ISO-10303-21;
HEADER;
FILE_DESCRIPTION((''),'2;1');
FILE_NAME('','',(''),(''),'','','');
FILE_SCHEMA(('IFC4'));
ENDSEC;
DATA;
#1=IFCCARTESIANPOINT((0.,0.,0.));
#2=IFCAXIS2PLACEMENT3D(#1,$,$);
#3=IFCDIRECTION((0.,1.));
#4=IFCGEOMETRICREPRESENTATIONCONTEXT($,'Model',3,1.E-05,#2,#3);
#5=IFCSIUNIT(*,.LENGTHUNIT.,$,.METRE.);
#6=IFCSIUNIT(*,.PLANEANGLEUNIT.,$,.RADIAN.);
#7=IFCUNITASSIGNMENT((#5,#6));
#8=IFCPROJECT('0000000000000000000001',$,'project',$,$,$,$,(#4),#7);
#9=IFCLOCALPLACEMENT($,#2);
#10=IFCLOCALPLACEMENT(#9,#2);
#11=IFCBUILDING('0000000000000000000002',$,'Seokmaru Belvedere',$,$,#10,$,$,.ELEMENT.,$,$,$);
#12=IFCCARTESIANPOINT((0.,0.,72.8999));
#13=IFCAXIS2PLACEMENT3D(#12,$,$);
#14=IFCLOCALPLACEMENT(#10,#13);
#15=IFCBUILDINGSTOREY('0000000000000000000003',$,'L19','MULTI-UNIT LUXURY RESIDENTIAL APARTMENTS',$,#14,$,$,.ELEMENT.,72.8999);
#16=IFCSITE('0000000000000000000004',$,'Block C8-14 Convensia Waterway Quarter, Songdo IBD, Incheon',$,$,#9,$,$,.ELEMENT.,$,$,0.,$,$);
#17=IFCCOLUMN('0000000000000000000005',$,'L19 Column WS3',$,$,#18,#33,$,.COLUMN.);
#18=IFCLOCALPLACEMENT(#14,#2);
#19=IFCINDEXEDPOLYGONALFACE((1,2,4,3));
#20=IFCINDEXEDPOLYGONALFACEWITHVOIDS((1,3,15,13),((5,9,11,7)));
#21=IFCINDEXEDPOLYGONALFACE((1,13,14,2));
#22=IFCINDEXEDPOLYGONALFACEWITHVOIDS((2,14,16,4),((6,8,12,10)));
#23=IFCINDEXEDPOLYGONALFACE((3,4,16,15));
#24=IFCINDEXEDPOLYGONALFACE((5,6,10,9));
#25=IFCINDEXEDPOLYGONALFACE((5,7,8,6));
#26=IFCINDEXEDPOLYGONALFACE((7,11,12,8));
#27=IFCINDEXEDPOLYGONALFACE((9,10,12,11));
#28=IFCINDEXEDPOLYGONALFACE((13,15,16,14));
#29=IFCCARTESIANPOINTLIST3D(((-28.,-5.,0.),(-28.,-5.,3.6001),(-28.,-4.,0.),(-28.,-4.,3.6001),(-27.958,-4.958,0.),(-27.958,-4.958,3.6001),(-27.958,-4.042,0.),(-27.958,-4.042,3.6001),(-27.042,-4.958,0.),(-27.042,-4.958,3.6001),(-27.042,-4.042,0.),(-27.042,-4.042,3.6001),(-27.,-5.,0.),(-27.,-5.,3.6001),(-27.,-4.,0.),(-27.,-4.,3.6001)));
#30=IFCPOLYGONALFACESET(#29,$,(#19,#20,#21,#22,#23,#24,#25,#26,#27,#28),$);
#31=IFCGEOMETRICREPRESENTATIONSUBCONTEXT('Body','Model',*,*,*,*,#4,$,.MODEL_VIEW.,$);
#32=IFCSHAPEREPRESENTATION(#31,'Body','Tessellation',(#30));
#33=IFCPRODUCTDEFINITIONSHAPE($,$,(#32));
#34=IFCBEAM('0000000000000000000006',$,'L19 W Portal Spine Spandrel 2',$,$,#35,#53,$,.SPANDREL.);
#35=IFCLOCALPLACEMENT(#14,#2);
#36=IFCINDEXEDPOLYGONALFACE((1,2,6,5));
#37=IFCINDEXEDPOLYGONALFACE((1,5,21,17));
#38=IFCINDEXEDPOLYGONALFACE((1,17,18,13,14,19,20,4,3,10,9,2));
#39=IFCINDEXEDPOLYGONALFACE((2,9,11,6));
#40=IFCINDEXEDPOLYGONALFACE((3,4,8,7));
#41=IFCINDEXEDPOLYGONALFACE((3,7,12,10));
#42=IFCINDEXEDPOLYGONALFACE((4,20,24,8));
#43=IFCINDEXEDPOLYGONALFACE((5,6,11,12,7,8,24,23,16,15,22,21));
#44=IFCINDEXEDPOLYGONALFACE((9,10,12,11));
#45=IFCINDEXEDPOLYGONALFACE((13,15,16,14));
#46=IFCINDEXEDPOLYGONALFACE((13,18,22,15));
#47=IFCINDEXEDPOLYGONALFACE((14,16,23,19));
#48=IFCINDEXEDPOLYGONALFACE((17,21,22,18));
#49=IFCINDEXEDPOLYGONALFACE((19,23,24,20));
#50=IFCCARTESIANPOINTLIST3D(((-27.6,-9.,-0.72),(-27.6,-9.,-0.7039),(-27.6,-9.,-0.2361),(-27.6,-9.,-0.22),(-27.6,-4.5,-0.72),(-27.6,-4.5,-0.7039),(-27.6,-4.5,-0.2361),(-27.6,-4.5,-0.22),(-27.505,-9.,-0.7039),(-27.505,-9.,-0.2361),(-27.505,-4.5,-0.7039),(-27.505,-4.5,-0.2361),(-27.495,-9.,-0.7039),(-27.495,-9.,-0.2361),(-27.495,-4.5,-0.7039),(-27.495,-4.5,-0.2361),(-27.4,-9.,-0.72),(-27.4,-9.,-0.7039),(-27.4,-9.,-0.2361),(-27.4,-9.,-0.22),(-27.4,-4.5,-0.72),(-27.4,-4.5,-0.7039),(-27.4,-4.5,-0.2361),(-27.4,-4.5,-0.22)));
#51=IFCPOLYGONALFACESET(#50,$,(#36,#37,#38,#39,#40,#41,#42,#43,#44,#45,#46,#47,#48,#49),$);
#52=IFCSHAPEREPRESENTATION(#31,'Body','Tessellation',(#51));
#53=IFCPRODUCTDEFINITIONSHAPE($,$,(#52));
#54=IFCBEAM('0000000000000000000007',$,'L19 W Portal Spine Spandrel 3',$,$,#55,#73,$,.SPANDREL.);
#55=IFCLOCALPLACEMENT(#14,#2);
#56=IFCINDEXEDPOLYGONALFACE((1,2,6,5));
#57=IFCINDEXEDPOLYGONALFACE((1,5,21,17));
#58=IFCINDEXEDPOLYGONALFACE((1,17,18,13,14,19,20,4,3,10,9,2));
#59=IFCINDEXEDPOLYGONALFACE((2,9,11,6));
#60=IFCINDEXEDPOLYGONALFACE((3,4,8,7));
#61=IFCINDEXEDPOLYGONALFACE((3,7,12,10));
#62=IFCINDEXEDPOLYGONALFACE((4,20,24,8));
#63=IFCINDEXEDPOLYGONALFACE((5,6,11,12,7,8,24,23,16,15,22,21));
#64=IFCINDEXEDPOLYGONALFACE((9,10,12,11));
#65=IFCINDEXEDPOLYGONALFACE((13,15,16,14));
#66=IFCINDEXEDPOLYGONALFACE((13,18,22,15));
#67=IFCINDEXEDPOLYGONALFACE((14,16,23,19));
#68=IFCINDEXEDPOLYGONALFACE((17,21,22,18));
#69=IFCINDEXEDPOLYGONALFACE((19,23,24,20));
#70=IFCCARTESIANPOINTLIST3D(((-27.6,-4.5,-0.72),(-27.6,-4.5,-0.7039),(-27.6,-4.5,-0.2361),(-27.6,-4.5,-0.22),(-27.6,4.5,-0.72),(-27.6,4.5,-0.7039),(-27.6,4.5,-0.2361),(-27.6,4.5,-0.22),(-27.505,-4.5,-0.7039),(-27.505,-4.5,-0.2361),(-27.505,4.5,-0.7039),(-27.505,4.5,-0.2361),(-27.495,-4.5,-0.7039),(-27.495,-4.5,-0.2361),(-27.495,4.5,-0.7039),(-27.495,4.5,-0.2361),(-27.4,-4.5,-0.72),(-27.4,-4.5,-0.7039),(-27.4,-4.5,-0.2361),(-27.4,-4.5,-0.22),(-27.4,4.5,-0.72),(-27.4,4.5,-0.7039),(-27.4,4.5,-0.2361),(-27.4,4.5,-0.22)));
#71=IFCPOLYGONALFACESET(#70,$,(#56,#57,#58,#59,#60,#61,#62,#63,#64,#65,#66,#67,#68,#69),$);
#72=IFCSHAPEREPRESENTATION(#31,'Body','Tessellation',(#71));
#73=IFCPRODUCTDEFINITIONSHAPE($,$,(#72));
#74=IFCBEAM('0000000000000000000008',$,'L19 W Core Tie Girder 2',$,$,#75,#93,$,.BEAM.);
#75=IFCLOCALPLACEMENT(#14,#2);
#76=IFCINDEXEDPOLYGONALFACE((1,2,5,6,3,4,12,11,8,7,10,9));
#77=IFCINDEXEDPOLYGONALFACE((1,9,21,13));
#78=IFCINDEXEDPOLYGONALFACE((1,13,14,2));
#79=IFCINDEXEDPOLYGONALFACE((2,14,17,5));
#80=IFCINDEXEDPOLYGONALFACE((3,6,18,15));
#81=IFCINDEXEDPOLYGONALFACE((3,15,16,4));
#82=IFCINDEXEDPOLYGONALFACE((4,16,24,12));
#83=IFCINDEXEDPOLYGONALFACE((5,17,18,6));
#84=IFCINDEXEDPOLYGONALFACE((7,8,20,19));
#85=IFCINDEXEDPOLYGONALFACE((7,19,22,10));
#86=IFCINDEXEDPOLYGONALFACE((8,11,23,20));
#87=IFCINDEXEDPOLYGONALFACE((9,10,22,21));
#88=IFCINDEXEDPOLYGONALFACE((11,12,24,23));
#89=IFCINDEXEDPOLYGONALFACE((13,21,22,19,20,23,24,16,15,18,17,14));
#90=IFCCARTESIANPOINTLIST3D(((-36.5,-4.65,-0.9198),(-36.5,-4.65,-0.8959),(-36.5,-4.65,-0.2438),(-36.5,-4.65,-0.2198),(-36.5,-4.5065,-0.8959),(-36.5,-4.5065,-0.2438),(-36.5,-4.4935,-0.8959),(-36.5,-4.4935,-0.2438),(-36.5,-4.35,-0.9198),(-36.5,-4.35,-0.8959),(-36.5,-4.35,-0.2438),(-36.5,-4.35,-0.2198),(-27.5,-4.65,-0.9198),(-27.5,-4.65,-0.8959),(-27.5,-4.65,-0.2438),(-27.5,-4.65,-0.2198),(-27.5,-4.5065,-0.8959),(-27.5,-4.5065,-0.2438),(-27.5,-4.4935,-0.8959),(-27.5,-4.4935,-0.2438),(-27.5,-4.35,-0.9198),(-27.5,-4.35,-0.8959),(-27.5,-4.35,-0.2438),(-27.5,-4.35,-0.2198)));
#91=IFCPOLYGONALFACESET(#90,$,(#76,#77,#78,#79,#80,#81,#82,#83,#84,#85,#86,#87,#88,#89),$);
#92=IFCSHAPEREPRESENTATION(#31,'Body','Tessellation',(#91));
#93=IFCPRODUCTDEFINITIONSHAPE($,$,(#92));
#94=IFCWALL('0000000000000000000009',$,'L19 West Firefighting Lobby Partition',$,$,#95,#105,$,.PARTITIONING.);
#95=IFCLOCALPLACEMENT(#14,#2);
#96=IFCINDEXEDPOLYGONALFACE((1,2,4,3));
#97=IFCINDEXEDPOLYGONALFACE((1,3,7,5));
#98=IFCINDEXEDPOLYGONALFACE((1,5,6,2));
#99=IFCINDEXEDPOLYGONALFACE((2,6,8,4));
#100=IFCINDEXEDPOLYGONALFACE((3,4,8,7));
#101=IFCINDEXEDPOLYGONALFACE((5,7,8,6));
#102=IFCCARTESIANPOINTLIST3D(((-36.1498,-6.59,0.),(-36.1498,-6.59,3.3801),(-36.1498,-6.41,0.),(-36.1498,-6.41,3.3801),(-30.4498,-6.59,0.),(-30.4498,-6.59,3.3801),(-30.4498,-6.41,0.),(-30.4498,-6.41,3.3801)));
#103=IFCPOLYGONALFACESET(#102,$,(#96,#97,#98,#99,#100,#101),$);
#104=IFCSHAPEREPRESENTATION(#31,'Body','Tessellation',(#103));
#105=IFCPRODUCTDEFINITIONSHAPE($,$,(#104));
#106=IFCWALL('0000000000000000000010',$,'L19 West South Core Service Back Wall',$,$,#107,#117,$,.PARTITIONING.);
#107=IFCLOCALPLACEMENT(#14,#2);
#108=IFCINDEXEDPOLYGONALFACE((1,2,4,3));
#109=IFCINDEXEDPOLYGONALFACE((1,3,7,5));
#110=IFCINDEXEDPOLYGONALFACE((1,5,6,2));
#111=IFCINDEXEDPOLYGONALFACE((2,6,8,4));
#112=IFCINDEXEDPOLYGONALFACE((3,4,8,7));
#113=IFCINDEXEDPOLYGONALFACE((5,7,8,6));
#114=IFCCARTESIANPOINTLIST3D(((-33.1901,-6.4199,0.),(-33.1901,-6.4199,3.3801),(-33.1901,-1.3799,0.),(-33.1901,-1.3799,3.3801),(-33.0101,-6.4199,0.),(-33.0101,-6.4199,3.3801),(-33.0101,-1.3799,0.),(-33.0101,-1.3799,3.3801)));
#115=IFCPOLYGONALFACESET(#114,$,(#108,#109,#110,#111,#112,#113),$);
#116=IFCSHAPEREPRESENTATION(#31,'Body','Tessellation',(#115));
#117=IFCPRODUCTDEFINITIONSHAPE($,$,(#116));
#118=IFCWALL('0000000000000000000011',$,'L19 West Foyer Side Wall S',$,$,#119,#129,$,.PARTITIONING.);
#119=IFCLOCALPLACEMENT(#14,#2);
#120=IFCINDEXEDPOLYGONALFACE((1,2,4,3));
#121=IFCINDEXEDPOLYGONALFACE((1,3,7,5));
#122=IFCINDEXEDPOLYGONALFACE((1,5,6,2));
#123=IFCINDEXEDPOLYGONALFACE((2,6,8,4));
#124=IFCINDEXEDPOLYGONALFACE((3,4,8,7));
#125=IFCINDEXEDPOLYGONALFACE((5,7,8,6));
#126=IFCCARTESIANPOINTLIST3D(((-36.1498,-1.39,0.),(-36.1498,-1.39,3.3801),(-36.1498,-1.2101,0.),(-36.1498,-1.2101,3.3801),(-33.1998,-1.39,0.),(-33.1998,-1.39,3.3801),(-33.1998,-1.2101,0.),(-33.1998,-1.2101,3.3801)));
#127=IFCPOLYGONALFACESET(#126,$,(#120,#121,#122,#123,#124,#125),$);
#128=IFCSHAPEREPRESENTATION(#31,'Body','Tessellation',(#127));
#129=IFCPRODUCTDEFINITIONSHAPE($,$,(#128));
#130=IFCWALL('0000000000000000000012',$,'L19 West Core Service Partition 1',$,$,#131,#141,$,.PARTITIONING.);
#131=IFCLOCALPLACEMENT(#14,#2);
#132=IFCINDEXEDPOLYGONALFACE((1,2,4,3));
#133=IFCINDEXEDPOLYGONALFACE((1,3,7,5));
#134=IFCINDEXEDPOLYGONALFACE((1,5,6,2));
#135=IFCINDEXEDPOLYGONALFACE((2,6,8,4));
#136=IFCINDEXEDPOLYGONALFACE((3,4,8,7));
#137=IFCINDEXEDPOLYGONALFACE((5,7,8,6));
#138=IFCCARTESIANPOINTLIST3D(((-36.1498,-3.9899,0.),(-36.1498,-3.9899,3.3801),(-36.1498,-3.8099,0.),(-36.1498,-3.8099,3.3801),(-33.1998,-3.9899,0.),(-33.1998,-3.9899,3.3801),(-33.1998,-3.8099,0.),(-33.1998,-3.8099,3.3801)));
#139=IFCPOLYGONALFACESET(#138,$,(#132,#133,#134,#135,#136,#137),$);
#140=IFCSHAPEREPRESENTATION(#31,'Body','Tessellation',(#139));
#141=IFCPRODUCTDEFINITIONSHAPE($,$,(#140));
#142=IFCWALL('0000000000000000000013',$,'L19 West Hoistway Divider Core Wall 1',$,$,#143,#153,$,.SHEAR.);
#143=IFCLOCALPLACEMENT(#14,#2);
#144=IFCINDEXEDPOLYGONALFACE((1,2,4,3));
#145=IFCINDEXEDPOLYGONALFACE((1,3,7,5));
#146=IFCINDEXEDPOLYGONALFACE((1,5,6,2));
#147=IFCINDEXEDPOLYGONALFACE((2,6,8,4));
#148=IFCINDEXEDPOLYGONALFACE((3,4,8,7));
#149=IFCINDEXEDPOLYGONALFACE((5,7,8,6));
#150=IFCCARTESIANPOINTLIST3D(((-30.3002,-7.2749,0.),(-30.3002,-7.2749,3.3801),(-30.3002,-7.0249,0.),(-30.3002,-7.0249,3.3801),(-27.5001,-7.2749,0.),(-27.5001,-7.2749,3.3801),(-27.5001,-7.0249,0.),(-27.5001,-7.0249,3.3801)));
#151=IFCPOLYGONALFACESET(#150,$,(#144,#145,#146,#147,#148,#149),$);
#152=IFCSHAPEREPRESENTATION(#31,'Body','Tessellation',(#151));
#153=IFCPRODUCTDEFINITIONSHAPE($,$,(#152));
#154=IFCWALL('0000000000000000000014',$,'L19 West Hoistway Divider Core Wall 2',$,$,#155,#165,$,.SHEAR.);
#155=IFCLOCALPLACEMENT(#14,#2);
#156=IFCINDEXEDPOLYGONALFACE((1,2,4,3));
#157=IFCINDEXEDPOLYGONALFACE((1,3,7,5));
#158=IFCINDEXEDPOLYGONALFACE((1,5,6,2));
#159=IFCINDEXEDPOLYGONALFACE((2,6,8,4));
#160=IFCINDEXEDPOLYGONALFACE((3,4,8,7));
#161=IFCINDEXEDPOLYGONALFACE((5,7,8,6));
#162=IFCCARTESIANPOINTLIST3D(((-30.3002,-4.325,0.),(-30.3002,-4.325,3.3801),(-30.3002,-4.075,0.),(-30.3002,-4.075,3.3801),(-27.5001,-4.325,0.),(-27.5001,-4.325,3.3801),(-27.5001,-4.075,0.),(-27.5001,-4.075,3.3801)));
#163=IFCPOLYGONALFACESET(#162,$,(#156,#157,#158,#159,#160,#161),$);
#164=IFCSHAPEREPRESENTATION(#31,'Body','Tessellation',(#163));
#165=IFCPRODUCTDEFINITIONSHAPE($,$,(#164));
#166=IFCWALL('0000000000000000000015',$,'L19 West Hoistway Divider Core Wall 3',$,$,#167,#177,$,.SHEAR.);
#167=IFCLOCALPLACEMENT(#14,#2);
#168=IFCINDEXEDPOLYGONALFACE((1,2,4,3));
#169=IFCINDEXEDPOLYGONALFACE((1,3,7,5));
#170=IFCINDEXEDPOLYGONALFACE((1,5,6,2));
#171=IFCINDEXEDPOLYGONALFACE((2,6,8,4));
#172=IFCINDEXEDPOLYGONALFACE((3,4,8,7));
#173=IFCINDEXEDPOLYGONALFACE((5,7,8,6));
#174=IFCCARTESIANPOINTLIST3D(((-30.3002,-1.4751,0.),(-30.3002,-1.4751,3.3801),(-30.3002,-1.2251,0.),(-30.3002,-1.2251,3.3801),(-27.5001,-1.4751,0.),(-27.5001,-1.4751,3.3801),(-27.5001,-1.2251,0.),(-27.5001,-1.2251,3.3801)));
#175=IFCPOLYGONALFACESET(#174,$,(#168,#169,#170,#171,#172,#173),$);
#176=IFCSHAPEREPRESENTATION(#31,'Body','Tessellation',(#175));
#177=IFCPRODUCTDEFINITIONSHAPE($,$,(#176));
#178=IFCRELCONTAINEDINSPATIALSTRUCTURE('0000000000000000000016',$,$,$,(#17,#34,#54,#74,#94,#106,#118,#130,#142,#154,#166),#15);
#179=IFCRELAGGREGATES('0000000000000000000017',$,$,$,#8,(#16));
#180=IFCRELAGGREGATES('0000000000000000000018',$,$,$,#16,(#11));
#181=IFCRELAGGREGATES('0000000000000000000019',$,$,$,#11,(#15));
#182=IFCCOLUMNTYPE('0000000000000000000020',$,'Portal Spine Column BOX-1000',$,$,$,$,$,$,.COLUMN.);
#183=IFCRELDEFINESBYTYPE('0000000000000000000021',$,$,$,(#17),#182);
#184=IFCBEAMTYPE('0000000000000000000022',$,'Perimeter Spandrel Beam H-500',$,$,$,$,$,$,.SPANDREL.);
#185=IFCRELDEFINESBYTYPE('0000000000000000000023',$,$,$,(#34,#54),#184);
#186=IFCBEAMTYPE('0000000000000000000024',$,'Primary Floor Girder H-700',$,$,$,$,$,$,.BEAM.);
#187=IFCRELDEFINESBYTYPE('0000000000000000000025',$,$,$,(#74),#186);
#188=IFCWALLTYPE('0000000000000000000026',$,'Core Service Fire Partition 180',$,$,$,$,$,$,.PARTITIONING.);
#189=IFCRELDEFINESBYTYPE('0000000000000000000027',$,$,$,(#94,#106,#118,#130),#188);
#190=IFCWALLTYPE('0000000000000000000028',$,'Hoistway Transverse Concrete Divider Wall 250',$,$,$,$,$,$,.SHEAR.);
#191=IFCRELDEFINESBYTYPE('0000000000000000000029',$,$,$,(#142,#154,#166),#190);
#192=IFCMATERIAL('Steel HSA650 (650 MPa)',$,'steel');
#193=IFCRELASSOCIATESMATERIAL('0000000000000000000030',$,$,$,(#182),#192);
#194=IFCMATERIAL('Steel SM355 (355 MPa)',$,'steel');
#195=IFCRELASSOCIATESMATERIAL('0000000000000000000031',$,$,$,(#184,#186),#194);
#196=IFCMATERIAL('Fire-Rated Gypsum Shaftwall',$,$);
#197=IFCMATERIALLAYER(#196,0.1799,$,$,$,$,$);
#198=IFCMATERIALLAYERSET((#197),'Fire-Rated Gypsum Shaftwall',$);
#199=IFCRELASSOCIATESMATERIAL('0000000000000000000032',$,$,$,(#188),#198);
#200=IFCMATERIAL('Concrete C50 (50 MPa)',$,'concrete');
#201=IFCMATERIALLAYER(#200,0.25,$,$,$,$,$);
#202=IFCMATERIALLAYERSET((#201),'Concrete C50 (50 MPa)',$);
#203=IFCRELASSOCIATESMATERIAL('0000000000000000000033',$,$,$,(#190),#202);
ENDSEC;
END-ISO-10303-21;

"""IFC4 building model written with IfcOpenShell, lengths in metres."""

from ifc_helpers import new_model, si_unit, direction, frame, frame_2d, origin, origin_2d, place, context, subcontext, project, spatial, rectangle, hollow_rectangle, i_section, extrude, source, transform, mapped, material, layer, layer_set, material_profile, profile_set, type_object, type_shapes, element, save


model = new_model("IFC4")

# Units and contexts
model_context = context("Model", 3, precision=1e-05, world=origin(), true_north=direction((0.0, 1.0)))
body_context = subcontext(model_context, "Body", "Model", "MODEL_VIEW")
ifc_project = project(units=[si_unit("LENGTHUNIT", "METRE"), si_unit("PLANEANGLEUNIT", "RADIAN")], contexts=[model_context])

# Site, building, storey
site_placement = place(None, origin())
site = spatial("IfcSite", under=ifc_project, at=site_placement, Name="Block C8-14 Convensia Waterway Quarter, Songdo IBD, Incheon", CompositionType="ELEMENT", RefElevation=0.0)
building_placement = place(site_placement, origin())
building = spatial("IfcBuilding", under=site, at=building_placement, Name="Seokmaru Belvedere", CompositionType="ELEMENT")
storey_placement = place(building_placement, frame((0.0, 0.0, 72.8999)))
storey = spatial("IfcBuildingStorey", under=building, at=storey_placement, Name="L19", Description="MULTI-UNIT LUXURY RESIDENTIAL APARTMENTS", CompositionType="ELEMENT", Elevation=72.8999)

# Column
ifc_material_1 = material(Name="Steel HSA650 (650 MPa)", Category="steel")
ifc_material_profile_1 = material_profile(ifc_material_1, hollow_rectangle(XDim=1.0, YDim=1.0, WallThickness=0.042, at=origin_2d()), Name="BOX-1000x1000x42")
ifc_profile_set_1 = profile_set([ifc_material_profile_1], Name="Steel HSA650 (650 MPa)")
column_type = type_object("IfcColumnType", Name="Portal Spine Column BOX-1000", PredefinedType="COLUMN", material=ifc_profile_set_1)
shared_shape_1 = source(origin(), body_context, "Body", "SweptSolid", [
    extrude(hollow_rectangle(XDim=1.0, YDim=1.0, WallThickness=0.042, at=origin_2d()), origin(), (0.0, 0.0, 1.0), 3.6001),
])
type_shapes(column_type, [shared_shape_1])
column_placement = place(storey_placement, frame((-27.5, -4.5, 0.0), z_axis=(0.0, 0.0, 1.0), x_axis=(1.0, 0.0, 0.0)))
element("IfcColumn", 1, at=column_placement, inside=storey, type_object=column_type, Name="L19 Column WS3", PredefinedType="COLUMN", context=body_context, shape_type="MappedRepresentation", body=[
    mapped(shared_shape_1, transform((0.0, 0.0, 0.0), scale=1.0)),
])

# Beams
ifc_material_2 = material(Name="Steel SM355 (355 MPa)", Category="steel")
ifc_material_profile_2 = material_profile(ifc_material_2, i_section(OverallWidth=0.2, OverallDepth=0.5, WebThickness=0.01, FlangeThickness=0.0161, at=origin_2d()), Name="H-500x200x10x16")
ifc_profile_set_2 = profile_set([ifc_material_profile_2], Name="Steel SM355 (355 MPa)")
beam_type_1 = type_object("IfcBeamType", Name="Perimeter Spandrel Beam H-500", PredefinedType="SPANDREL", material=ifc_profile_set_2)
shared_shape_2 = source(origin(), body_context, "Body", "SweptSolid", [
    extrude(i_section(OverallWidth=0.2, OverallDepth=0.5, WebThickness=0.01, FlangeThickness=0.0161, at=origin_2d()), origin(), (0.0, 0.0, 1.0), 4.5),
])
beam_1_placement = place(storey_placement, frame((-27.5, -9.0, -0.47), z_axis=(0.0, 1.0, 0.0), x_axis=(-1.0, 0.0, 0.0)))
element("IfcBeam", 2, at=beam_1_placement, inside=storey, type_object=beam_type_1, Name="L19 W Portal Spine Spandrel 2", PredefinedType="SPANDREL", context=body_context, shape_type="MappedRepresentation", body=[
    mapped(shared_shape_2, transform((0.0, 0.0, 0.0), scale=1.0)),
])
shared_shape_3 = source(origin(), body_context, "Body", "SweptSolid", [
    extrude(i_section(OverallWidth=0.2, OverallDepth=0.5, WebThickness=0.01, FlangeThickness=0.0161, at=origin_2d()), origin(), (0.0, 0.0, 1.0), 9.0),
])
type_shapes(beam_type_1, [shared_shape_2, shared_shape_3])
beam_2_placement = place(storey_placement, frame((-27.5, -4.5, -0.47), z_axis=(0.0, 1.0, 0.0), x_axis=(-1.0, 0.0, 0.0)))
element("IfcBeam", 3, at=beam_2_placement, inside=storey, type_object=beam_type_1, Name="L19 W Portal Spine Spandrel 3", PredefinedType="SPANDREL", context=body_context, shape_type="MappedRepresentation", body=[
    mapped(shared_shape_3, transform((0.0, 0.0, 0.0), scale=1.0)),
])
ifc_material_profile_3 = material_profile(ifc_material_2, i_section(OverallWidth=0.3, OverallDepth=0.7, WebThickness=0.0129, FlangeThickness=0.0239, at=origin_2d()), Name="H-700x300x13x24")
ifc_profile_set_3 = profile_set([ifc_material_profile_3], Name="Steel SM355 (355 MPa)")
beam_type_2 = type_object("IfcBeamType", Name="Primary Floor Girder H-700", PredefinedType="BEAM", material=ifc_profile_set_3)
shared_shape_4 = source(origin(), body_context, "Body", "SweptSolid", [
    extrude(i_section(OverallWidth=0.3, OverallDepth=0.7, WebThickness=0.0129, FlangeThickness=0.0239, at=origin_2d()), origin(), (0.0, 0.0, 1.0), 9.0),
])
type_shapes(beam_type_2, [shared_shape_4])
beam_3_placement = place(storey_placement, frame((-36.5, -4.5, -0.5698), z_axis=(1.0, 0.0, 0.0), x_axis=(0.0, 1.0, 0.0)))
element("IfcBeam", 4, at=beam_3_placement, inside=storey, type_object=beam_type_2, Name="L19 W Core Tie Girder 2", PredefinedType="BEAM", context=body_context, shape_type="MappedRepresentation", body=[
    mapped(shared_shape_4, transform((0.0, 0.0, 0.0), scale=1.0)),
])

# Walls
ifc_material_3 = material(Name="Fire-Rated Gypsum Shaftwall")
ifc_layer_1 = layer(ifc_material_3, 0.1799)
ifc_layer_set_1 = layer_set([ifc_layer_1], Name="Fire-Rated Gypsum Shaftwall")
wall_type_1 = type_object("IfcWallType", Name="Core Service Fire Partition 180", PredefinedType="PARTITIONING", material=ifc_layer_set_1)
wall_1_placement = place(storey_placement, frame((-36.1499, -6.5, 0.0), z_axis=(0.0, 0.0, 1.0), x_axis=(1.0, 0.0, 0.0)))
element("IfcWall", 5, at=wall_1_placement, inside=storey, type_object=wall_type_1, Name="L19 West Firefighting Lobby Partition", PredefinedType="PARTITIONING", context=body_context, shape_type="SweptSolid", body=[
    extrude(rectangle(XDim=5.7, YDim=0.1799, at=frame_2d((2.8501, 0.0))), origin(), (0.0, 0.0, 1.0), 3.3801),
])
wall_2_placement = place(storey_placement, frame((-33.1001, -6.4199, 0.0), z_axis=(0.0, 0.0, 1.0), x_axis=(0.0, 1.0, 0.0)))
element("IfcWall", 6, at=wall_2_placement, inside=storey, type_object=wall_type_1, Name="L19 West South Core Service Back Wall", PredefinedType="PARTITIONING", context=body_context, shape_type="SweptSolid", body=[
    extrude(rectangle(XDim=5.04, YDim=0.1799, at=frame_2d((2.52, 0.0))), origin(), (0.0, 0.0, 1.0), 3.3801),
])
for number, where, z_axis, x_axis, name in (
    (7, (-36.1499, -1.3, 0.0), (0.0, 0.0, 1.0), (1.0, 0.0, 0.0), "L19 West Foyer Side Wall S"),
    (8, (-36.1499, -3.8999, 0.0), (0.0, 0.0, 1.0), (1.0, 0.0, 0.0), "L19 West Core Service Partition 1"),
):
    element("IfcWall", number, at=place(storey_placement, frame(where, z_axis=z_axis, x_axis=x_axis)), inside=storey, type_object=wall_type_1, Name=name, PredefinedType="PARTITIONING", context=body_context, shape_type="SweptSolid", body=[
        extrude(rectangle(XDim=2.95, YDim=0.1799, at=frame_2d((1.4751, 0.0))), origin(), (0.0, 0.0, 1.0), 3.3801),
    ])
ifc_material_4 = material(Name="Concrete C50 (50 MPa)", Category="concrete")
ifc_layer_2 = layer(ifc_material_4, 0.25)
ifc_layer_set_2 = layer_set([ifc_layer_2], Name="Concrete C50 (50 MPa)")
wall_type_2 = type_object("IfcWallType", Name="Hoistway Transverse Concrete Divider Wall 250", PredefinedType="SHEAR", material=ifc_layer_set_2)
for number, where, z_axis, x_axis, name in (
    (9, (-30.3, -7.1499, 0.0), (0.0, 0.0, 1.0), (1.0, 0.0, 0.0), "L19 West Hoistway Divider Core Wall 1"),
    (10, (-30.3, -4.2, 0.0), (0.0, 0.0, 1.0), (1.0, 0.0, 0.0), "L19 West Hoistway Divider Core Wall 2"),
    (11, (-30.3, -1.3501, 0.0), (0.0, 0.0, 1.0), (1.0, 0.0, 0.0), "L19 West Hoistway Divider Core Wall 3"),
):
    element("IfcWall", number, at=place(storey_placement, frame(where, z_axis=z_axis, x_axis=x_axis)), inside=storey, type_object=wall_type_2, Name=name, PredefinedType="SHEAR", context=body_context, shape_type="SweptSolid", body=[
        extrude(rectangle(XDim=2.8, YDim=0.25, at=frame_2d((1.3999, 0.0))), origin(), (0.0, 0.0, 1.0), 3.3801),
    ])

save(model, "model.ifc")
